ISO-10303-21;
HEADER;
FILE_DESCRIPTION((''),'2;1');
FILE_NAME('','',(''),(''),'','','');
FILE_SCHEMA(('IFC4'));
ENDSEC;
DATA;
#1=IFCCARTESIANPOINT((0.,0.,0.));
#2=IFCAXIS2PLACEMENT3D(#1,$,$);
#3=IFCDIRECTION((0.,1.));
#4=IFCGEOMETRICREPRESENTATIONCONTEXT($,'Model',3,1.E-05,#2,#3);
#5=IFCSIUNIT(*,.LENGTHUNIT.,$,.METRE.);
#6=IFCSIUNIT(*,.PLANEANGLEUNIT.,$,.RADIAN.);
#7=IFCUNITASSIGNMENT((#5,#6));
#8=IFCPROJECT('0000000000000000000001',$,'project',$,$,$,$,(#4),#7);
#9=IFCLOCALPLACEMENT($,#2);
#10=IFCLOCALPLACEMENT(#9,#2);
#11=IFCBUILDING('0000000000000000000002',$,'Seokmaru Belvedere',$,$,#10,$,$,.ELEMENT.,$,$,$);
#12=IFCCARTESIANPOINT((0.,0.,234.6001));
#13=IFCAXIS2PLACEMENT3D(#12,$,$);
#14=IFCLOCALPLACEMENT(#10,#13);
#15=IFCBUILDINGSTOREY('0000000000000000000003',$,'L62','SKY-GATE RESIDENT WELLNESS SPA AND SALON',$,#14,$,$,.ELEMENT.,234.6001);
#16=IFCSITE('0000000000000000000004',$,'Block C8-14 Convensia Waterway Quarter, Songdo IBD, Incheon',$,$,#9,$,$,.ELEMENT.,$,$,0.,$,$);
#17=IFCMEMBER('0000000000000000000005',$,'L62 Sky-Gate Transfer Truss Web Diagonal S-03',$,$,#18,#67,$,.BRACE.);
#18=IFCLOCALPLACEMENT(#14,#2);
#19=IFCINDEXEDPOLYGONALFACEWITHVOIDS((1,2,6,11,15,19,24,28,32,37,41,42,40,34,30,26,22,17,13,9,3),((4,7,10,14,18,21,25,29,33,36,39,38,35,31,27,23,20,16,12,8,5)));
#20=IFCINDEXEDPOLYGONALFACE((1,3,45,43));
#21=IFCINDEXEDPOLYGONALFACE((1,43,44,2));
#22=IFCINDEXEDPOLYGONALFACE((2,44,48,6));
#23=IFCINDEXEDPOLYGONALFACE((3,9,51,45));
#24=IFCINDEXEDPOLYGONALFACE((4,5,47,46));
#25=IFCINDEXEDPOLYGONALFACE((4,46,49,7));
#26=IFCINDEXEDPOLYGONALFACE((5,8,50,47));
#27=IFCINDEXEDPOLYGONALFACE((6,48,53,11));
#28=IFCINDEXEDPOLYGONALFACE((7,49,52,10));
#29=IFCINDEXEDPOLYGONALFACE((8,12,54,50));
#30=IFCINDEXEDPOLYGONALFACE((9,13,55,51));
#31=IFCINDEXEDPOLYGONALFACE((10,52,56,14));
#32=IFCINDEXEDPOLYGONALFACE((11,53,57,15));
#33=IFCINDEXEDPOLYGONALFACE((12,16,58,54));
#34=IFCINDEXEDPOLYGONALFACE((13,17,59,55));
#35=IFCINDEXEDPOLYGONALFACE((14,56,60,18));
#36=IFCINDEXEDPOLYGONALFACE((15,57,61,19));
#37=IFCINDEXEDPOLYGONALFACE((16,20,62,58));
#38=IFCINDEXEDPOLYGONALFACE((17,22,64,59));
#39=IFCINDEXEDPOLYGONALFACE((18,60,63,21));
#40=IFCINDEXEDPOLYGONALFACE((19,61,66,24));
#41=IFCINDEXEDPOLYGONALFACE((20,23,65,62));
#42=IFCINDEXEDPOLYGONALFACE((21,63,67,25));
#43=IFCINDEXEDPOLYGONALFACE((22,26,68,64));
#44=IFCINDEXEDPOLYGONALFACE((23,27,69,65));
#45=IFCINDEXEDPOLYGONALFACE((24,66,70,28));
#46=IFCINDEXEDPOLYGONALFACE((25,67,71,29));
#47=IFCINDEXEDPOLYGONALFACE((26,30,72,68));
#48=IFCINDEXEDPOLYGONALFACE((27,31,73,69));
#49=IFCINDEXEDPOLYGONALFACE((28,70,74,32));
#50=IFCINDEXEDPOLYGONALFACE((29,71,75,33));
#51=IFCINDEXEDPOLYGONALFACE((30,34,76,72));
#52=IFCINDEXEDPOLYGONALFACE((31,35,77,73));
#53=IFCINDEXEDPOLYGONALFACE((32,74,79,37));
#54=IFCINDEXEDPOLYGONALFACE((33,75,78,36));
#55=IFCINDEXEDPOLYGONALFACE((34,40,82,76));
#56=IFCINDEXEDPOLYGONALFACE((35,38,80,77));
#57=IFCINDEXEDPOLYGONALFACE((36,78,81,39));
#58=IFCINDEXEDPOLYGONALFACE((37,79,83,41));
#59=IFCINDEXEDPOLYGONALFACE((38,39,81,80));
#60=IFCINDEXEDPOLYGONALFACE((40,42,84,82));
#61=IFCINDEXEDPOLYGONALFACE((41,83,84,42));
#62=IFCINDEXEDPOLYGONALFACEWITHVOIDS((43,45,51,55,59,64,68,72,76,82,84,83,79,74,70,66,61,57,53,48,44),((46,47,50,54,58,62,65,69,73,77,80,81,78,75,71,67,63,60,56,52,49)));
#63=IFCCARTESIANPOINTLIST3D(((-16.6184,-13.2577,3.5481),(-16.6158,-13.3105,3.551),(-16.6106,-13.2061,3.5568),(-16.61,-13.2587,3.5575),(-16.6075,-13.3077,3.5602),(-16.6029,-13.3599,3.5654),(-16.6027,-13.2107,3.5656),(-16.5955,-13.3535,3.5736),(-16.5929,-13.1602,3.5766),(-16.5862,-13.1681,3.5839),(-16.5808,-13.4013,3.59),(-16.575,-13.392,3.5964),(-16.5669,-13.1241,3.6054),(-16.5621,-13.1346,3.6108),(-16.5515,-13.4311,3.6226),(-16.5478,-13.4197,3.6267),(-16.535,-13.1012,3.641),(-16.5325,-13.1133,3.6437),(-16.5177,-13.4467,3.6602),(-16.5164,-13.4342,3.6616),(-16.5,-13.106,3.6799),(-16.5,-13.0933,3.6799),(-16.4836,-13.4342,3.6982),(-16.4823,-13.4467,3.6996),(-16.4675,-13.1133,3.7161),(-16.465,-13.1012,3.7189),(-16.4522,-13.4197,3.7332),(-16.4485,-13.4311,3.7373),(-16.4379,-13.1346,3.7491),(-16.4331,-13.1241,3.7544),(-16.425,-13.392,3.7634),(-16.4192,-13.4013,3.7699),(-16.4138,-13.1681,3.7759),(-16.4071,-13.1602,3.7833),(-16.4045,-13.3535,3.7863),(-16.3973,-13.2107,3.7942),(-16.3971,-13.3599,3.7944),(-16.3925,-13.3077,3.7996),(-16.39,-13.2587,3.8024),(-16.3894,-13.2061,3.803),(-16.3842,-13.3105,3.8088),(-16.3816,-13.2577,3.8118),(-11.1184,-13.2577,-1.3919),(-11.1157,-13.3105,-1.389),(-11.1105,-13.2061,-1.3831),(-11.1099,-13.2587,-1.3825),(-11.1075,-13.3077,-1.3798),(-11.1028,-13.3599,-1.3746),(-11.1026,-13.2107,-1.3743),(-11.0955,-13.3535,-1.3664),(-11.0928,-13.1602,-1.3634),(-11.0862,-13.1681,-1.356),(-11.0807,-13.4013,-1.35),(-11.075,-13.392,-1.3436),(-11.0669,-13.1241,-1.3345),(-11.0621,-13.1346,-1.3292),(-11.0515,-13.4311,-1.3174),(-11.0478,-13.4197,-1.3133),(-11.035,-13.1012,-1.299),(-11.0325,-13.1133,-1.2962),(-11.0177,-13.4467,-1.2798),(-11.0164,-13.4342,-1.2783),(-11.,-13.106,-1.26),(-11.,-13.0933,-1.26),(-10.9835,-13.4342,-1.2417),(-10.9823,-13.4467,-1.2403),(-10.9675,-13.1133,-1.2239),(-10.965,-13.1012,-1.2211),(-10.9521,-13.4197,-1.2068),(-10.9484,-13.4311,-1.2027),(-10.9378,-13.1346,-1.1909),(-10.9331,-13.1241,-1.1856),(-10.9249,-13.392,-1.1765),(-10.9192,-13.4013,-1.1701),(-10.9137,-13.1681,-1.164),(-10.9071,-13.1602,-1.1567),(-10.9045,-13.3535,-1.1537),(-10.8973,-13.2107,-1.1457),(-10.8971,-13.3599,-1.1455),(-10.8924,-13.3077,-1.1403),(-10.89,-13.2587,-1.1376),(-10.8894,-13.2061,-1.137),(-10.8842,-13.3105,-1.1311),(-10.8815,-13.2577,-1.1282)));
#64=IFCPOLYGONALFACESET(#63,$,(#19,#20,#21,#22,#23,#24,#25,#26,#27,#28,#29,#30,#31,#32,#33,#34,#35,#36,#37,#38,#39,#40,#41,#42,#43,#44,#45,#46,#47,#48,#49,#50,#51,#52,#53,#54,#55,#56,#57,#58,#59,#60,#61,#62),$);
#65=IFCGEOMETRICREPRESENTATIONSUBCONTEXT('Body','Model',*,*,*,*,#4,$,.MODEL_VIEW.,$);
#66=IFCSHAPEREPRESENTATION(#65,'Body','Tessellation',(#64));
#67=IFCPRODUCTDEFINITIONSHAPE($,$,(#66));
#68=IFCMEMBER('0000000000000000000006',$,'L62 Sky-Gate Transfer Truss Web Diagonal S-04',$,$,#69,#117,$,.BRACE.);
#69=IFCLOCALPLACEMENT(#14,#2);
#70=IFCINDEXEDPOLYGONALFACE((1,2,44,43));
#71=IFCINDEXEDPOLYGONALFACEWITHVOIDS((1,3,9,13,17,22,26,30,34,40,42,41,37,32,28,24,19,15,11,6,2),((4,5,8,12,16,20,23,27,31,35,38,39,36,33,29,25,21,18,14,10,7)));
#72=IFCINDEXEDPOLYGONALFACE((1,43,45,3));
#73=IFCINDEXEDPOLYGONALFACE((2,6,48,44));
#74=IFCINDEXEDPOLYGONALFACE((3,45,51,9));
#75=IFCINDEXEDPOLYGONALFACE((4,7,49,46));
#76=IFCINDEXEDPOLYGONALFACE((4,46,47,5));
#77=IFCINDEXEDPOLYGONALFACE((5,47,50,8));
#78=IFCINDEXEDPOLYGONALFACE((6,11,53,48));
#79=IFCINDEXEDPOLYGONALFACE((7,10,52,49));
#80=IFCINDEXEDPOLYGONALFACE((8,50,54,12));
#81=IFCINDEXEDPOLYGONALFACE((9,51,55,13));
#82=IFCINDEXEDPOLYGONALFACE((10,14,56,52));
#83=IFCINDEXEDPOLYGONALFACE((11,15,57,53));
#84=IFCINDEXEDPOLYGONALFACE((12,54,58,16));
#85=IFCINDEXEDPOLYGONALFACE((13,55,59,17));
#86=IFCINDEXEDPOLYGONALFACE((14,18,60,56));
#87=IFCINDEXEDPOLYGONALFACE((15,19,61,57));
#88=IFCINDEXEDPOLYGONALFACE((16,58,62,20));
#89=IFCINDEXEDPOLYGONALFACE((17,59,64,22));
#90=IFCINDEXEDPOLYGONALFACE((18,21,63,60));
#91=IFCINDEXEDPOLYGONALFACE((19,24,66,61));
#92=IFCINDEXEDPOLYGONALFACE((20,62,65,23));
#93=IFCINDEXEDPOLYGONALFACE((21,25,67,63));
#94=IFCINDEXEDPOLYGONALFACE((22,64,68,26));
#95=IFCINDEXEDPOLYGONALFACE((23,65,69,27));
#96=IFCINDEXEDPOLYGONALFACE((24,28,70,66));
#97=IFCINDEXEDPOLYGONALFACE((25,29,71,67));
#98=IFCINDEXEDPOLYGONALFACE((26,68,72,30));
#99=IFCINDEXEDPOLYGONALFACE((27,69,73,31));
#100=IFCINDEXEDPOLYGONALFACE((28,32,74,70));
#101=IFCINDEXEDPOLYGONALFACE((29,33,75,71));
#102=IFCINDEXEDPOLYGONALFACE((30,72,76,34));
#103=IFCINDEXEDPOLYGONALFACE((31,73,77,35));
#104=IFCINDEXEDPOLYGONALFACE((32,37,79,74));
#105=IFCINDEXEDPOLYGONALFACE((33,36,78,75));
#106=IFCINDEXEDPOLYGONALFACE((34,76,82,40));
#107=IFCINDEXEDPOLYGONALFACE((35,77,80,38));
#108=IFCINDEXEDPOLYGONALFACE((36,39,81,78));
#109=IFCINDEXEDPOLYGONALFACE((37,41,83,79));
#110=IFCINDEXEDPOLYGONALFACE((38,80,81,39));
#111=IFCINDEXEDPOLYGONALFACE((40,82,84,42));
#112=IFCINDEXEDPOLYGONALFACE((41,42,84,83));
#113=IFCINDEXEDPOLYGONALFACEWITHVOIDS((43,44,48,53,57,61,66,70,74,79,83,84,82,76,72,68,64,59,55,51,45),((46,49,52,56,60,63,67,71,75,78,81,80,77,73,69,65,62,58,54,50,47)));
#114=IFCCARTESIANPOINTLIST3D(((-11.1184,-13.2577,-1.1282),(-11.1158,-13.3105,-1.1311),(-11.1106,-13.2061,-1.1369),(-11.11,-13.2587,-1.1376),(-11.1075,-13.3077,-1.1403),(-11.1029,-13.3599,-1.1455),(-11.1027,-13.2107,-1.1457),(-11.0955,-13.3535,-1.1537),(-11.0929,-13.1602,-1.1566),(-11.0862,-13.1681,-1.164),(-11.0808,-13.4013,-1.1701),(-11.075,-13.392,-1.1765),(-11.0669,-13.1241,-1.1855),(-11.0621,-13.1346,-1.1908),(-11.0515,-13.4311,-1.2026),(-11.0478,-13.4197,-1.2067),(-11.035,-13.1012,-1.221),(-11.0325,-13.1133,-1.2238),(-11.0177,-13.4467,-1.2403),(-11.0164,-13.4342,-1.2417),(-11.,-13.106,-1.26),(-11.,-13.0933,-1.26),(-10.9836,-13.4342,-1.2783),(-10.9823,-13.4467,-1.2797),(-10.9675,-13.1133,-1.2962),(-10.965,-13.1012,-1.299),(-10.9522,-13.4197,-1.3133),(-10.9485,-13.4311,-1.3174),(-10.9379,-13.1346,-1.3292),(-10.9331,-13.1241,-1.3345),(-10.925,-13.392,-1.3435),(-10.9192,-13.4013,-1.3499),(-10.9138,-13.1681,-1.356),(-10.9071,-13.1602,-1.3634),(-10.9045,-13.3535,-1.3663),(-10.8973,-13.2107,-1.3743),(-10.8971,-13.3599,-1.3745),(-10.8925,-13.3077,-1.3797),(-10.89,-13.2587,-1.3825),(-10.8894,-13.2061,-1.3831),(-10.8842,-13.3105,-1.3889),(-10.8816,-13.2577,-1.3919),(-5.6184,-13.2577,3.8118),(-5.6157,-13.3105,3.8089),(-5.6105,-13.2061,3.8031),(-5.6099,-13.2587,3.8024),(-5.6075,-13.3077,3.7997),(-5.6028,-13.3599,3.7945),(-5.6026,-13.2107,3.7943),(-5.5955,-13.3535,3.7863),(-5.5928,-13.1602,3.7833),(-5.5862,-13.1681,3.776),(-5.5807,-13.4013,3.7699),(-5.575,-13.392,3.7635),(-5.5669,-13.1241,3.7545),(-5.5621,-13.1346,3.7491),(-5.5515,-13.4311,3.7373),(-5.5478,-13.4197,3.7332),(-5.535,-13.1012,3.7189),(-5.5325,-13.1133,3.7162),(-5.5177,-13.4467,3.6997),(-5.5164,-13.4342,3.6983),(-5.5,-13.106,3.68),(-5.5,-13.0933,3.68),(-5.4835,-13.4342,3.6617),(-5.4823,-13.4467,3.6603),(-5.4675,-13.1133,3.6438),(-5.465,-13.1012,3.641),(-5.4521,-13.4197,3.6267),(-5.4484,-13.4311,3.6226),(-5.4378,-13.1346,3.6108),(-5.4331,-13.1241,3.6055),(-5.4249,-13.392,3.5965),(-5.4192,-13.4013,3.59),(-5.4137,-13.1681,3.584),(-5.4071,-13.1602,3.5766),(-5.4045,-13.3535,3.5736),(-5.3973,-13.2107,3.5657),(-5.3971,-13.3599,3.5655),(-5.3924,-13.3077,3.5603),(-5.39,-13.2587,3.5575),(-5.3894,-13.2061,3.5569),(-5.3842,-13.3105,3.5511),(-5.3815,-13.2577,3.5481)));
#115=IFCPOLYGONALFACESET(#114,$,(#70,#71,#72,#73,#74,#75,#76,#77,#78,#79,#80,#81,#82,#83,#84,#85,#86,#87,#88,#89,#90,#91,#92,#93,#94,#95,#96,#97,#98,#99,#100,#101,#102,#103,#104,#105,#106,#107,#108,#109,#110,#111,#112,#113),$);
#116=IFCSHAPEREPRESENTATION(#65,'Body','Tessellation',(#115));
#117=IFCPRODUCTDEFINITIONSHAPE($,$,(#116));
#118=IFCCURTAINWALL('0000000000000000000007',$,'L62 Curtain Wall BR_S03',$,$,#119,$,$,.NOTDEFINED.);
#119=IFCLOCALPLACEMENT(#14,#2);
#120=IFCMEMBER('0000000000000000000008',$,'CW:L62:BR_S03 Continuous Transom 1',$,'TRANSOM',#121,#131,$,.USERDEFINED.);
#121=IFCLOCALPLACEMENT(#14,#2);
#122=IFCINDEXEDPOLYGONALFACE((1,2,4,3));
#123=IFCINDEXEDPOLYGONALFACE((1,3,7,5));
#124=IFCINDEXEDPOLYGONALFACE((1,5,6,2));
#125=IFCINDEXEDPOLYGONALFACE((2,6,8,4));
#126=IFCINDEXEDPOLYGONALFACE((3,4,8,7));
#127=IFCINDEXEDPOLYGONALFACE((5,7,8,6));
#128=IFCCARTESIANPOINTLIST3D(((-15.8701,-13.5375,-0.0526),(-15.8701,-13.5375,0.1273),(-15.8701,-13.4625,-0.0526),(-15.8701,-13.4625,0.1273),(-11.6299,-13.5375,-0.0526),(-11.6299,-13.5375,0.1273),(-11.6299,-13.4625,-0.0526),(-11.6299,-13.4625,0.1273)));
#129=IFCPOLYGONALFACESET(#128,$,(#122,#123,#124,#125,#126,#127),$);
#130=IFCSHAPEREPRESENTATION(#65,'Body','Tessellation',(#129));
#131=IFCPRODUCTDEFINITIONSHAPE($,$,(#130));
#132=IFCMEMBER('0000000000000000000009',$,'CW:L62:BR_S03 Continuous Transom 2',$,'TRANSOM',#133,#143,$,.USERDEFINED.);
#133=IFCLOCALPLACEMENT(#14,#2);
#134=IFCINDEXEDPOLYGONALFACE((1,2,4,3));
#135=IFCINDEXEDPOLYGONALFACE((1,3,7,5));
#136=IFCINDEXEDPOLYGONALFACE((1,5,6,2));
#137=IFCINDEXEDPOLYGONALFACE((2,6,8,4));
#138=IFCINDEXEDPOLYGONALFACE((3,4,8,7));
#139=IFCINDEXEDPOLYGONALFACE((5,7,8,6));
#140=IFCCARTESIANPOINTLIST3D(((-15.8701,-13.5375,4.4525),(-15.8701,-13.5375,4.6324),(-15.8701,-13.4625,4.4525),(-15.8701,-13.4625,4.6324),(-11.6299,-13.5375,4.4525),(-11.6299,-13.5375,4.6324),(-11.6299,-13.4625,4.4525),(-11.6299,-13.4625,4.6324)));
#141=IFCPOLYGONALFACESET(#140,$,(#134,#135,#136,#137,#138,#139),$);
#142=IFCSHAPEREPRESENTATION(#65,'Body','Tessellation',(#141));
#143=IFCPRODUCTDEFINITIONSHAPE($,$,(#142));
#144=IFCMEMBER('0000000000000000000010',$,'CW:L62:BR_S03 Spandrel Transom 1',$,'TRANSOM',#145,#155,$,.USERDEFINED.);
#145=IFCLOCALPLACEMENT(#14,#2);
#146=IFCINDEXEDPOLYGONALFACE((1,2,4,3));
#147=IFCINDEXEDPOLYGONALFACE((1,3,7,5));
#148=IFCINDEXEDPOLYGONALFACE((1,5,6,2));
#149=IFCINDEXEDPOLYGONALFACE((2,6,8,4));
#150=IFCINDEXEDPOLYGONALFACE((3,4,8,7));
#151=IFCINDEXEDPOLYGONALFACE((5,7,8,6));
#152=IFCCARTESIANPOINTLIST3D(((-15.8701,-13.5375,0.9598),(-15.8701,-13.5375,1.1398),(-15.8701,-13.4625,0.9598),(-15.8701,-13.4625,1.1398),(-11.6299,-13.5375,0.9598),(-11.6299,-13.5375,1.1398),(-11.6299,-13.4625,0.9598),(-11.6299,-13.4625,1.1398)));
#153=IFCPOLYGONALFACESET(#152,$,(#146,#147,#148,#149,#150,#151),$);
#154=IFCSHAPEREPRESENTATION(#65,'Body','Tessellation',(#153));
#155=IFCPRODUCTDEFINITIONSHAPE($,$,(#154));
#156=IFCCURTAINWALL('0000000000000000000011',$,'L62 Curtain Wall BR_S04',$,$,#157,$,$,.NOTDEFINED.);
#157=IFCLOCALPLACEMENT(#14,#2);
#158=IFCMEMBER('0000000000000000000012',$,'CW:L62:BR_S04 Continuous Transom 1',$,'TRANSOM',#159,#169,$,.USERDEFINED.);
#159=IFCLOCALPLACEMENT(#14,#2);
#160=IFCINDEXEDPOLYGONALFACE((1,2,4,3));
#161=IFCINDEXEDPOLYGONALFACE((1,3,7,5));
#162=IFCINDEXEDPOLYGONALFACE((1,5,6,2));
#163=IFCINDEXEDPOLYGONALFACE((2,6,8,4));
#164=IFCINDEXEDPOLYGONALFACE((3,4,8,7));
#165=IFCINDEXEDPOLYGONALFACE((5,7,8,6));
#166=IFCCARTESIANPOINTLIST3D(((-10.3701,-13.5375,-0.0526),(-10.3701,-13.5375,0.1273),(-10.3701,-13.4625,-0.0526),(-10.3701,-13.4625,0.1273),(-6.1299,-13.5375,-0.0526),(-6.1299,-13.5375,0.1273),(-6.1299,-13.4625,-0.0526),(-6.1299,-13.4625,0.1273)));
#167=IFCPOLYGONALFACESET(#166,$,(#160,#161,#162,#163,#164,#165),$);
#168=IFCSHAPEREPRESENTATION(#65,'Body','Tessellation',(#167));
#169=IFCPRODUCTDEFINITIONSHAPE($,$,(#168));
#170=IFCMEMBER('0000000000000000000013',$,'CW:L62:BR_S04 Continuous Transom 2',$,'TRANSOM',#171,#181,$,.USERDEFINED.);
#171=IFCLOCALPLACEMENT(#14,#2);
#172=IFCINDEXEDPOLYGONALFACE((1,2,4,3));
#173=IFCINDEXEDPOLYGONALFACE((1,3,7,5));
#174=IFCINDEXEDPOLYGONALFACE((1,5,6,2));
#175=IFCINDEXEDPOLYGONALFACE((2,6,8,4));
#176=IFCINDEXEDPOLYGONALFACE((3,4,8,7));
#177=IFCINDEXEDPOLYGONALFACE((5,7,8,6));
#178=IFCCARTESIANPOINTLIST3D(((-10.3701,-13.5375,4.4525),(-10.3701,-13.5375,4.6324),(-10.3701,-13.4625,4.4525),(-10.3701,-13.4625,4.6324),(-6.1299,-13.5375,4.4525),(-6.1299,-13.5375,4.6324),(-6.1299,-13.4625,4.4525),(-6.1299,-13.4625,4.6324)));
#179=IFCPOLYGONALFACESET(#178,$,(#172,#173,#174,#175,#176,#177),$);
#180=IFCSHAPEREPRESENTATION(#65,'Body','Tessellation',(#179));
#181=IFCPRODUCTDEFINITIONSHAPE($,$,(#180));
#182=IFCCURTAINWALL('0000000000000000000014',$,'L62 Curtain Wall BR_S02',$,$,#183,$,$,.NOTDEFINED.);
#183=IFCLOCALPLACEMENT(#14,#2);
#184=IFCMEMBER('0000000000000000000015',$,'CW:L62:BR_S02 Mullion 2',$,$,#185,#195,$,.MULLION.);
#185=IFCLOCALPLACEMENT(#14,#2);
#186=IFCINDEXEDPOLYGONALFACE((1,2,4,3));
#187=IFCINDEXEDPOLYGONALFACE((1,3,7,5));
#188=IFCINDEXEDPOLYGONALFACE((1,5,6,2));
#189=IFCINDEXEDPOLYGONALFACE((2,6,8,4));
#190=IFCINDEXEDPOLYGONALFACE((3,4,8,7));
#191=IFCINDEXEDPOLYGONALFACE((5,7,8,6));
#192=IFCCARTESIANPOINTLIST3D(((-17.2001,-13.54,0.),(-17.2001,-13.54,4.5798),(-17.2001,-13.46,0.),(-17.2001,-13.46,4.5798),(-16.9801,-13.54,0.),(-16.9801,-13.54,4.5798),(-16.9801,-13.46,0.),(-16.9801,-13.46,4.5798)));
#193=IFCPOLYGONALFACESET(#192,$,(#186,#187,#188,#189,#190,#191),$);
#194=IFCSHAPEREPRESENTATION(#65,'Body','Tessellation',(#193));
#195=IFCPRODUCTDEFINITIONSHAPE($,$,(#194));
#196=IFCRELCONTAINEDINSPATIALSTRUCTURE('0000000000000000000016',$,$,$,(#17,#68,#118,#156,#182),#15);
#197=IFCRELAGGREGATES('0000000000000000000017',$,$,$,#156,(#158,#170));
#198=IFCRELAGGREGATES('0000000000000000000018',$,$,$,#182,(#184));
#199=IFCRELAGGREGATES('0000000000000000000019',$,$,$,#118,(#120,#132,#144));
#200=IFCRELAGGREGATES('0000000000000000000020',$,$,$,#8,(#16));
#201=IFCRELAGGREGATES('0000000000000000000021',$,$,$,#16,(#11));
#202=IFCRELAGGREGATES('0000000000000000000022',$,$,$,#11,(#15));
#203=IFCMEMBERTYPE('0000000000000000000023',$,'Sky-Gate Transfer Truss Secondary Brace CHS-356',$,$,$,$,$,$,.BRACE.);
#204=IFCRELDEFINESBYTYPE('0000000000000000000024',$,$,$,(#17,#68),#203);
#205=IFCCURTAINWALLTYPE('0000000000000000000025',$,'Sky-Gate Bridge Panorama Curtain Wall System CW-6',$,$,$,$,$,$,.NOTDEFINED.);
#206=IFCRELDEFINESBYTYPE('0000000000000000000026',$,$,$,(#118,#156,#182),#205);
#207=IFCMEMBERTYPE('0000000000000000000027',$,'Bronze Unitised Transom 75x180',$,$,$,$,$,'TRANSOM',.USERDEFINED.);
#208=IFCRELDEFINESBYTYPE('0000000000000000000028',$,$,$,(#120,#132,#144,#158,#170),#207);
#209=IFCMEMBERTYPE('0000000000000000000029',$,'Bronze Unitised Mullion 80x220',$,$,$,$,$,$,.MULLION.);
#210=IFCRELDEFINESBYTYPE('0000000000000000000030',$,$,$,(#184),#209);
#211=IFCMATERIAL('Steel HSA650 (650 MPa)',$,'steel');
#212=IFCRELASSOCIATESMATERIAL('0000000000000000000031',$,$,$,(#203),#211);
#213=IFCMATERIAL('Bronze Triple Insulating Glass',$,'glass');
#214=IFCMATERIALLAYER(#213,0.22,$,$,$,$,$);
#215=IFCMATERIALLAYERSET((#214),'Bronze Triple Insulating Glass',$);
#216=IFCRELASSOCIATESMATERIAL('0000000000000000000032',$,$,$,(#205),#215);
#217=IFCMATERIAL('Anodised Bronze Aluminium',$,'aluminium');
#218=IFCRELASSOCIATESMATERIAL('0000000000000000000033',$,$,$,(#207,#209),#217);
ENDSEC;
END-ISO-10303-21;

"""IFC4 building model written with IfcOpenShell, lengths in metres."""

from ifc_helpers import new_model, si_unit, direction, frame, origin, origin_2d, place, context, subcontext, project, spatial, rectangle, hollow_circle, extrude, source, transform, mapped, material, layer, layer_set, material_profile, profile_set, type_object, type_shapes, element, aggregate, save


model = new_model("IFC4")

# Units and contexts
model_context = context("Model", 3, precision=1e-05, world=origin(), true_north=direction((0.0, 1.0)))
body_context = subcontext(model_context, "Body", "Model", "MODEL_VIEW")
ifc_project = project(units=[si_unit("LENGTHUNIT", "METRE"), si_unit("PLANEANGLEUNIT", "RADIAN")], contexts=[model_context])

# Site, building, storey
site_placement = place(None, origin())
site = spatial("IfcSite", under=ifc_project, at=site_placement, Name="Block C8-14 Convensia Waterway Quarter, Songdo IBD, Incheon", CompositionType="ELEMENT", RefElevation=0.0)
building_placement = place(site_placement, origin())
building = spatial("IfcBuilding", under=site, at=building_placement, Name="Seokmaru Belvedere", CompositionType="ELEMENT")
storey_placement = place(building_placement, frame((0.0, 0.0, 234.6001)))
storey = spatial("IfcBuildingStorey", under=building, at=storey_placement, Name="L62", Description="SKY-GATE RESIDENT WELLNESS SPA AND SALON", CompositionType="ELEMENT", Elevation=234.6001)

# Shared definitions
ifc_material_1 = material(Name="Steel HSA650 (650 MPa)", Category="steel")

# Members
ifc_material_profile_1 = material_profile(ifc_material_1, hollow_circle(Radius=0.1777, WallThickness=0.0127, at=origin_2d()), Name="CHS-355.6x12.7")
ifc_profile_set_1 = profile_set([ifc_material_profile_1], Name="Steel HSA650 (650 MPa)")
member_type_1 = type_object("IfcMemberType", Name="Sky-Gate Transfer Truss Secondary Brace CHS-356", PredefinedType="BRACE", material=ifc_profile_set_1)
shared_shape_1 = source(origin(), body_context, "Body", "SweptSolid", [
    extrude(hollow_circle(Radius=0.1777, WallThickness=0.0127, at=origin_2d()), origin(), (0.0, 0.0, 1.0), 7.3928),
])
type_shapes(member_type_1, [shared_shape_1])
for number, where, z_axis, x_axis, name in (
    (1, (-16.5, -13.271, 3.6799), (0.74397, 0.0, -0.668213), (0.0, 1.0, 0.0), "L62 Sky-Gate Transfer Truss Web Diagonal S-03"),
    (2, (-11.0, -13.271, -1.26), (0.74397, 0.0, 0.668213), (0.0, 1.0, 0.0), "L62 Sky-Gate Transfer Truss Web Diagonal S-04"),
):
    element("IfcMember", number, at=place(storey_placement, frame(where, z_axis=z_axis, x_axis=x_axis)), inside=storey, type_object=member_type_1, Name=name, PredefinedType="BRACE", context=body_context, shape_type="MappedRepresentation", body=[
        mapped(shared_shape_1, transform((0.0, 0.0, 0.0), scale=1.0)),
    ])

# Curtain walls, members
ifc_material_2 = material(Name="Bronze Triple Insulating Glass", Category="glass")
ifc_layer_1 = layer(ifc_material_2, 0.22)
ifc_layer_set_1 = layer_set([ifc_layer_1], Name="Bronze Triple Insulating Glass")
curtain_wall_type = type_object("IfcCurtainWallType", Name="Sky-Gate Bridge Panorama Curtain Wall System CW-6", PredefinedType="NOTDEFINED", material=ifc_layer_set_1)
curtain_wall_1_placement = place(storey_placement, origin())
curtain_wall_1 = element("IfcCurtainWall", 3, at=curtain_wall_1_placement, inside=storey, type_object=curtain_wall_type, Name="L62 Curtain Wall BR_S03", PredefinedType="NOTDEFINED")
ifc_material_3 = material(Name="Anodised Bronze Aluminium", Category="aluminium")
ifc_material_profile_2 = material_profile(ifc_material_3, rectangle(XDim=0.075, YDim=0.1799, at=origin_2d()), Name="CW-T-75x180")
ifc_profile_set_2 = profile_set([ifc_material_profile_2], Name="Anodised Bronze Aluminium")
member_type_2 = type_object("IfcMemberType", Name="Bronze Unitised Transom 75x180", ElementType="TRANSOM", PredefinedType="USERDEFINED", material=ifc_profile_set_2)
shared_shape_2 = source(origin(), body_context, "Body", "SweptSolid", [
    extrude(rectangle(XDim=0.075, YDim=0.1799, at=origin_2d()), origin(), (0.0, 0.0, 1.0), 4.2402),
])
type_shapes(member_type_2, [shared_shape_2])
member_1_placement = place(storey_placement, frame((-15.8701, -13.5, 0.0374), z_axis=(1.0, 0.0, 0.0), x_axis=(0.0, 1.0, 0.0)))
member_1 = element("IfcMember", 4, at=member_1_placement, type_object=member_type_2, Name="CW:L62:BR_S03 Continuous Transom 1", ObjectType="TRANSOM", PredefinedType="USERDEFINED", context=body_context, shape_type="MappedRepresentation", body=[
    mapped(shared_shape_2, transform((0.0, 0.0, 0.0), scale=1.0)),
])
member_2_placement = place(storey_placement, frame((-15.8701, -13.5, 4.5425), z_axis=(1.0, 0.0, 0.0), x_axis=(0.0, 1.0, 0.0)))
member_2 = element("IfcMember", 5, at=member_2_placement, type_object=member_type_2, Name="CW:L62:BR_S03 Continuous Transom 2", ObjectType="TRANSOM", PredefinedType="USERDEFINED", context=body_context, shape_type="MappedRepresentation", body=[
    mapped(shared_shape_2, transform((0.0, 0.0, 0.0), scale=1.0)),
])
member_3_placement = place(storey_placement, frame((-15.8701, -13.5, 1.0498), z_axis=(1.0, 0.0, 0.0), x_axis=(0.0, 1.0, 0.0)))
member_3 = element("IfcMember", 6, at=member_3_placement, type_object=member_type_2, Name="CW:L62:BR_S03 Spandrel Transom 1", ObjectType="TRANSOM", PredefinedType="USERDEFINED", context=body_context, shape_type="MappedRepresentation", body=[
    mapped(shared_shape_2, transform((0.0, 0.0, 0.0), scale=1.0)),
])
curtain_wall_2_placement = place(storey_placement, origin())
curtain_wall_2 = element("IfcCurtainWall", 7, at=curtain_wall_2_placement, inside=storey, type_object=curtain_wall_type, Name="L62 Curtain Wall BR_S04", PredefinedType="NOTDEFINED")
member_4_placement = place(storey_placement, frame((-10.3701, -13.5, 0.0374), z_axis=(1.0, 0.0, 0.0), x_axis=(0.0, 1.0, 0.0)))
member_4 = element("IfcMember", 8, at=member_4_placement, type_object=member_type_2, Name="CW:L62:BR_S04 Continuous Transom 1", ObjectType="TRANSOM", PredefinedType="USERDEFINED", context=body_context, shape_type="MappedRepresentation", body=[
    mapped(shared_shape_2, transform((0.0, 0.0, 0.0), scale=1.0)),
])
member_5_placement = place(storey_placement, frame((-10.3701, -13.5, 4.5425), z_axis=(1.0, 0.0, 0.0), x_axis=(0.0, 1.0, 0.0)))
member_5 = element("IfcMember", 9, at=member_5_placement, type_object=member_type_2, Name="CW:L62:BR_S04 Continuous Transom 2", ObjectType="TRANSOM", PredefinedType="USERDEFINED", context=body_context, shape_type="MappedRepresentation", body=[
    mapped(shared_shape_2, transform((0.0, 0.0, 0.0), scale=1.0)),
])

# Curtain wall, member
curtain_wall_3_placement = place(storey_placement, origin())
curtain_wall_3 = element("IfcCurtainWall", 10, at=curtain_wall_3_placement, inside=storey, type_object=curtain_wall_type, Name="L62 Curtain Wall BR_S02", PredefinedType="NOTDEFINED")
ifc_material_profile_3 = material_profile(ifc_material_3, rectangle(XDim=0.0801, YDim=0.22, at=origin_2d()), Name="CW-M-80x220")
ifc_profile_set_3 = profile_set([ifc_material_profile_3], Name="Anodised Bronze Aluminium")
member_type_3 = type_object("IfcMemberType", Name="Bronze Unitised Mullion 80x220", PredefinedType="MULLION", material=ifc_profile_set_3)
shared_shape_3 = source(origin(), body_context, "Body", "SweptSolid", [
    extrude(rectangle(XDim=0.0801, YDim=0.22, at=origin_2d()), origin(), (0.0, 0.0, 1.0), 4.5798),
])
type_shapes(member_type_3, [shared_shape_3])
member_6_placement = place(storey_placement, frame((-17.0901, -13.5, 0.0), z_axis=(0.0, 0.0, 1.0), x_axis=(0.0, 1.0, 0.0)))
member_6 = element("IfcMember", 11, at=member_6_placement, type_object=member_type_3, Name="CW:L62:BR_S02 Mullion 2", PredefinedType="MULLION", context=body_context, shape_type="MappedRepresentation", body=[
    mapped(shared_shape_3, transform((0.0, 0.0, 0.0), scale=1.0)),
])

aggregate(curtain_wall_2, [member_4, member_5])

aggregate(curtain_wall_3, [member_6])
aggregate(curtain_wall_1, [member_1, member_2, member_3])

save(model, "model.ifc")
